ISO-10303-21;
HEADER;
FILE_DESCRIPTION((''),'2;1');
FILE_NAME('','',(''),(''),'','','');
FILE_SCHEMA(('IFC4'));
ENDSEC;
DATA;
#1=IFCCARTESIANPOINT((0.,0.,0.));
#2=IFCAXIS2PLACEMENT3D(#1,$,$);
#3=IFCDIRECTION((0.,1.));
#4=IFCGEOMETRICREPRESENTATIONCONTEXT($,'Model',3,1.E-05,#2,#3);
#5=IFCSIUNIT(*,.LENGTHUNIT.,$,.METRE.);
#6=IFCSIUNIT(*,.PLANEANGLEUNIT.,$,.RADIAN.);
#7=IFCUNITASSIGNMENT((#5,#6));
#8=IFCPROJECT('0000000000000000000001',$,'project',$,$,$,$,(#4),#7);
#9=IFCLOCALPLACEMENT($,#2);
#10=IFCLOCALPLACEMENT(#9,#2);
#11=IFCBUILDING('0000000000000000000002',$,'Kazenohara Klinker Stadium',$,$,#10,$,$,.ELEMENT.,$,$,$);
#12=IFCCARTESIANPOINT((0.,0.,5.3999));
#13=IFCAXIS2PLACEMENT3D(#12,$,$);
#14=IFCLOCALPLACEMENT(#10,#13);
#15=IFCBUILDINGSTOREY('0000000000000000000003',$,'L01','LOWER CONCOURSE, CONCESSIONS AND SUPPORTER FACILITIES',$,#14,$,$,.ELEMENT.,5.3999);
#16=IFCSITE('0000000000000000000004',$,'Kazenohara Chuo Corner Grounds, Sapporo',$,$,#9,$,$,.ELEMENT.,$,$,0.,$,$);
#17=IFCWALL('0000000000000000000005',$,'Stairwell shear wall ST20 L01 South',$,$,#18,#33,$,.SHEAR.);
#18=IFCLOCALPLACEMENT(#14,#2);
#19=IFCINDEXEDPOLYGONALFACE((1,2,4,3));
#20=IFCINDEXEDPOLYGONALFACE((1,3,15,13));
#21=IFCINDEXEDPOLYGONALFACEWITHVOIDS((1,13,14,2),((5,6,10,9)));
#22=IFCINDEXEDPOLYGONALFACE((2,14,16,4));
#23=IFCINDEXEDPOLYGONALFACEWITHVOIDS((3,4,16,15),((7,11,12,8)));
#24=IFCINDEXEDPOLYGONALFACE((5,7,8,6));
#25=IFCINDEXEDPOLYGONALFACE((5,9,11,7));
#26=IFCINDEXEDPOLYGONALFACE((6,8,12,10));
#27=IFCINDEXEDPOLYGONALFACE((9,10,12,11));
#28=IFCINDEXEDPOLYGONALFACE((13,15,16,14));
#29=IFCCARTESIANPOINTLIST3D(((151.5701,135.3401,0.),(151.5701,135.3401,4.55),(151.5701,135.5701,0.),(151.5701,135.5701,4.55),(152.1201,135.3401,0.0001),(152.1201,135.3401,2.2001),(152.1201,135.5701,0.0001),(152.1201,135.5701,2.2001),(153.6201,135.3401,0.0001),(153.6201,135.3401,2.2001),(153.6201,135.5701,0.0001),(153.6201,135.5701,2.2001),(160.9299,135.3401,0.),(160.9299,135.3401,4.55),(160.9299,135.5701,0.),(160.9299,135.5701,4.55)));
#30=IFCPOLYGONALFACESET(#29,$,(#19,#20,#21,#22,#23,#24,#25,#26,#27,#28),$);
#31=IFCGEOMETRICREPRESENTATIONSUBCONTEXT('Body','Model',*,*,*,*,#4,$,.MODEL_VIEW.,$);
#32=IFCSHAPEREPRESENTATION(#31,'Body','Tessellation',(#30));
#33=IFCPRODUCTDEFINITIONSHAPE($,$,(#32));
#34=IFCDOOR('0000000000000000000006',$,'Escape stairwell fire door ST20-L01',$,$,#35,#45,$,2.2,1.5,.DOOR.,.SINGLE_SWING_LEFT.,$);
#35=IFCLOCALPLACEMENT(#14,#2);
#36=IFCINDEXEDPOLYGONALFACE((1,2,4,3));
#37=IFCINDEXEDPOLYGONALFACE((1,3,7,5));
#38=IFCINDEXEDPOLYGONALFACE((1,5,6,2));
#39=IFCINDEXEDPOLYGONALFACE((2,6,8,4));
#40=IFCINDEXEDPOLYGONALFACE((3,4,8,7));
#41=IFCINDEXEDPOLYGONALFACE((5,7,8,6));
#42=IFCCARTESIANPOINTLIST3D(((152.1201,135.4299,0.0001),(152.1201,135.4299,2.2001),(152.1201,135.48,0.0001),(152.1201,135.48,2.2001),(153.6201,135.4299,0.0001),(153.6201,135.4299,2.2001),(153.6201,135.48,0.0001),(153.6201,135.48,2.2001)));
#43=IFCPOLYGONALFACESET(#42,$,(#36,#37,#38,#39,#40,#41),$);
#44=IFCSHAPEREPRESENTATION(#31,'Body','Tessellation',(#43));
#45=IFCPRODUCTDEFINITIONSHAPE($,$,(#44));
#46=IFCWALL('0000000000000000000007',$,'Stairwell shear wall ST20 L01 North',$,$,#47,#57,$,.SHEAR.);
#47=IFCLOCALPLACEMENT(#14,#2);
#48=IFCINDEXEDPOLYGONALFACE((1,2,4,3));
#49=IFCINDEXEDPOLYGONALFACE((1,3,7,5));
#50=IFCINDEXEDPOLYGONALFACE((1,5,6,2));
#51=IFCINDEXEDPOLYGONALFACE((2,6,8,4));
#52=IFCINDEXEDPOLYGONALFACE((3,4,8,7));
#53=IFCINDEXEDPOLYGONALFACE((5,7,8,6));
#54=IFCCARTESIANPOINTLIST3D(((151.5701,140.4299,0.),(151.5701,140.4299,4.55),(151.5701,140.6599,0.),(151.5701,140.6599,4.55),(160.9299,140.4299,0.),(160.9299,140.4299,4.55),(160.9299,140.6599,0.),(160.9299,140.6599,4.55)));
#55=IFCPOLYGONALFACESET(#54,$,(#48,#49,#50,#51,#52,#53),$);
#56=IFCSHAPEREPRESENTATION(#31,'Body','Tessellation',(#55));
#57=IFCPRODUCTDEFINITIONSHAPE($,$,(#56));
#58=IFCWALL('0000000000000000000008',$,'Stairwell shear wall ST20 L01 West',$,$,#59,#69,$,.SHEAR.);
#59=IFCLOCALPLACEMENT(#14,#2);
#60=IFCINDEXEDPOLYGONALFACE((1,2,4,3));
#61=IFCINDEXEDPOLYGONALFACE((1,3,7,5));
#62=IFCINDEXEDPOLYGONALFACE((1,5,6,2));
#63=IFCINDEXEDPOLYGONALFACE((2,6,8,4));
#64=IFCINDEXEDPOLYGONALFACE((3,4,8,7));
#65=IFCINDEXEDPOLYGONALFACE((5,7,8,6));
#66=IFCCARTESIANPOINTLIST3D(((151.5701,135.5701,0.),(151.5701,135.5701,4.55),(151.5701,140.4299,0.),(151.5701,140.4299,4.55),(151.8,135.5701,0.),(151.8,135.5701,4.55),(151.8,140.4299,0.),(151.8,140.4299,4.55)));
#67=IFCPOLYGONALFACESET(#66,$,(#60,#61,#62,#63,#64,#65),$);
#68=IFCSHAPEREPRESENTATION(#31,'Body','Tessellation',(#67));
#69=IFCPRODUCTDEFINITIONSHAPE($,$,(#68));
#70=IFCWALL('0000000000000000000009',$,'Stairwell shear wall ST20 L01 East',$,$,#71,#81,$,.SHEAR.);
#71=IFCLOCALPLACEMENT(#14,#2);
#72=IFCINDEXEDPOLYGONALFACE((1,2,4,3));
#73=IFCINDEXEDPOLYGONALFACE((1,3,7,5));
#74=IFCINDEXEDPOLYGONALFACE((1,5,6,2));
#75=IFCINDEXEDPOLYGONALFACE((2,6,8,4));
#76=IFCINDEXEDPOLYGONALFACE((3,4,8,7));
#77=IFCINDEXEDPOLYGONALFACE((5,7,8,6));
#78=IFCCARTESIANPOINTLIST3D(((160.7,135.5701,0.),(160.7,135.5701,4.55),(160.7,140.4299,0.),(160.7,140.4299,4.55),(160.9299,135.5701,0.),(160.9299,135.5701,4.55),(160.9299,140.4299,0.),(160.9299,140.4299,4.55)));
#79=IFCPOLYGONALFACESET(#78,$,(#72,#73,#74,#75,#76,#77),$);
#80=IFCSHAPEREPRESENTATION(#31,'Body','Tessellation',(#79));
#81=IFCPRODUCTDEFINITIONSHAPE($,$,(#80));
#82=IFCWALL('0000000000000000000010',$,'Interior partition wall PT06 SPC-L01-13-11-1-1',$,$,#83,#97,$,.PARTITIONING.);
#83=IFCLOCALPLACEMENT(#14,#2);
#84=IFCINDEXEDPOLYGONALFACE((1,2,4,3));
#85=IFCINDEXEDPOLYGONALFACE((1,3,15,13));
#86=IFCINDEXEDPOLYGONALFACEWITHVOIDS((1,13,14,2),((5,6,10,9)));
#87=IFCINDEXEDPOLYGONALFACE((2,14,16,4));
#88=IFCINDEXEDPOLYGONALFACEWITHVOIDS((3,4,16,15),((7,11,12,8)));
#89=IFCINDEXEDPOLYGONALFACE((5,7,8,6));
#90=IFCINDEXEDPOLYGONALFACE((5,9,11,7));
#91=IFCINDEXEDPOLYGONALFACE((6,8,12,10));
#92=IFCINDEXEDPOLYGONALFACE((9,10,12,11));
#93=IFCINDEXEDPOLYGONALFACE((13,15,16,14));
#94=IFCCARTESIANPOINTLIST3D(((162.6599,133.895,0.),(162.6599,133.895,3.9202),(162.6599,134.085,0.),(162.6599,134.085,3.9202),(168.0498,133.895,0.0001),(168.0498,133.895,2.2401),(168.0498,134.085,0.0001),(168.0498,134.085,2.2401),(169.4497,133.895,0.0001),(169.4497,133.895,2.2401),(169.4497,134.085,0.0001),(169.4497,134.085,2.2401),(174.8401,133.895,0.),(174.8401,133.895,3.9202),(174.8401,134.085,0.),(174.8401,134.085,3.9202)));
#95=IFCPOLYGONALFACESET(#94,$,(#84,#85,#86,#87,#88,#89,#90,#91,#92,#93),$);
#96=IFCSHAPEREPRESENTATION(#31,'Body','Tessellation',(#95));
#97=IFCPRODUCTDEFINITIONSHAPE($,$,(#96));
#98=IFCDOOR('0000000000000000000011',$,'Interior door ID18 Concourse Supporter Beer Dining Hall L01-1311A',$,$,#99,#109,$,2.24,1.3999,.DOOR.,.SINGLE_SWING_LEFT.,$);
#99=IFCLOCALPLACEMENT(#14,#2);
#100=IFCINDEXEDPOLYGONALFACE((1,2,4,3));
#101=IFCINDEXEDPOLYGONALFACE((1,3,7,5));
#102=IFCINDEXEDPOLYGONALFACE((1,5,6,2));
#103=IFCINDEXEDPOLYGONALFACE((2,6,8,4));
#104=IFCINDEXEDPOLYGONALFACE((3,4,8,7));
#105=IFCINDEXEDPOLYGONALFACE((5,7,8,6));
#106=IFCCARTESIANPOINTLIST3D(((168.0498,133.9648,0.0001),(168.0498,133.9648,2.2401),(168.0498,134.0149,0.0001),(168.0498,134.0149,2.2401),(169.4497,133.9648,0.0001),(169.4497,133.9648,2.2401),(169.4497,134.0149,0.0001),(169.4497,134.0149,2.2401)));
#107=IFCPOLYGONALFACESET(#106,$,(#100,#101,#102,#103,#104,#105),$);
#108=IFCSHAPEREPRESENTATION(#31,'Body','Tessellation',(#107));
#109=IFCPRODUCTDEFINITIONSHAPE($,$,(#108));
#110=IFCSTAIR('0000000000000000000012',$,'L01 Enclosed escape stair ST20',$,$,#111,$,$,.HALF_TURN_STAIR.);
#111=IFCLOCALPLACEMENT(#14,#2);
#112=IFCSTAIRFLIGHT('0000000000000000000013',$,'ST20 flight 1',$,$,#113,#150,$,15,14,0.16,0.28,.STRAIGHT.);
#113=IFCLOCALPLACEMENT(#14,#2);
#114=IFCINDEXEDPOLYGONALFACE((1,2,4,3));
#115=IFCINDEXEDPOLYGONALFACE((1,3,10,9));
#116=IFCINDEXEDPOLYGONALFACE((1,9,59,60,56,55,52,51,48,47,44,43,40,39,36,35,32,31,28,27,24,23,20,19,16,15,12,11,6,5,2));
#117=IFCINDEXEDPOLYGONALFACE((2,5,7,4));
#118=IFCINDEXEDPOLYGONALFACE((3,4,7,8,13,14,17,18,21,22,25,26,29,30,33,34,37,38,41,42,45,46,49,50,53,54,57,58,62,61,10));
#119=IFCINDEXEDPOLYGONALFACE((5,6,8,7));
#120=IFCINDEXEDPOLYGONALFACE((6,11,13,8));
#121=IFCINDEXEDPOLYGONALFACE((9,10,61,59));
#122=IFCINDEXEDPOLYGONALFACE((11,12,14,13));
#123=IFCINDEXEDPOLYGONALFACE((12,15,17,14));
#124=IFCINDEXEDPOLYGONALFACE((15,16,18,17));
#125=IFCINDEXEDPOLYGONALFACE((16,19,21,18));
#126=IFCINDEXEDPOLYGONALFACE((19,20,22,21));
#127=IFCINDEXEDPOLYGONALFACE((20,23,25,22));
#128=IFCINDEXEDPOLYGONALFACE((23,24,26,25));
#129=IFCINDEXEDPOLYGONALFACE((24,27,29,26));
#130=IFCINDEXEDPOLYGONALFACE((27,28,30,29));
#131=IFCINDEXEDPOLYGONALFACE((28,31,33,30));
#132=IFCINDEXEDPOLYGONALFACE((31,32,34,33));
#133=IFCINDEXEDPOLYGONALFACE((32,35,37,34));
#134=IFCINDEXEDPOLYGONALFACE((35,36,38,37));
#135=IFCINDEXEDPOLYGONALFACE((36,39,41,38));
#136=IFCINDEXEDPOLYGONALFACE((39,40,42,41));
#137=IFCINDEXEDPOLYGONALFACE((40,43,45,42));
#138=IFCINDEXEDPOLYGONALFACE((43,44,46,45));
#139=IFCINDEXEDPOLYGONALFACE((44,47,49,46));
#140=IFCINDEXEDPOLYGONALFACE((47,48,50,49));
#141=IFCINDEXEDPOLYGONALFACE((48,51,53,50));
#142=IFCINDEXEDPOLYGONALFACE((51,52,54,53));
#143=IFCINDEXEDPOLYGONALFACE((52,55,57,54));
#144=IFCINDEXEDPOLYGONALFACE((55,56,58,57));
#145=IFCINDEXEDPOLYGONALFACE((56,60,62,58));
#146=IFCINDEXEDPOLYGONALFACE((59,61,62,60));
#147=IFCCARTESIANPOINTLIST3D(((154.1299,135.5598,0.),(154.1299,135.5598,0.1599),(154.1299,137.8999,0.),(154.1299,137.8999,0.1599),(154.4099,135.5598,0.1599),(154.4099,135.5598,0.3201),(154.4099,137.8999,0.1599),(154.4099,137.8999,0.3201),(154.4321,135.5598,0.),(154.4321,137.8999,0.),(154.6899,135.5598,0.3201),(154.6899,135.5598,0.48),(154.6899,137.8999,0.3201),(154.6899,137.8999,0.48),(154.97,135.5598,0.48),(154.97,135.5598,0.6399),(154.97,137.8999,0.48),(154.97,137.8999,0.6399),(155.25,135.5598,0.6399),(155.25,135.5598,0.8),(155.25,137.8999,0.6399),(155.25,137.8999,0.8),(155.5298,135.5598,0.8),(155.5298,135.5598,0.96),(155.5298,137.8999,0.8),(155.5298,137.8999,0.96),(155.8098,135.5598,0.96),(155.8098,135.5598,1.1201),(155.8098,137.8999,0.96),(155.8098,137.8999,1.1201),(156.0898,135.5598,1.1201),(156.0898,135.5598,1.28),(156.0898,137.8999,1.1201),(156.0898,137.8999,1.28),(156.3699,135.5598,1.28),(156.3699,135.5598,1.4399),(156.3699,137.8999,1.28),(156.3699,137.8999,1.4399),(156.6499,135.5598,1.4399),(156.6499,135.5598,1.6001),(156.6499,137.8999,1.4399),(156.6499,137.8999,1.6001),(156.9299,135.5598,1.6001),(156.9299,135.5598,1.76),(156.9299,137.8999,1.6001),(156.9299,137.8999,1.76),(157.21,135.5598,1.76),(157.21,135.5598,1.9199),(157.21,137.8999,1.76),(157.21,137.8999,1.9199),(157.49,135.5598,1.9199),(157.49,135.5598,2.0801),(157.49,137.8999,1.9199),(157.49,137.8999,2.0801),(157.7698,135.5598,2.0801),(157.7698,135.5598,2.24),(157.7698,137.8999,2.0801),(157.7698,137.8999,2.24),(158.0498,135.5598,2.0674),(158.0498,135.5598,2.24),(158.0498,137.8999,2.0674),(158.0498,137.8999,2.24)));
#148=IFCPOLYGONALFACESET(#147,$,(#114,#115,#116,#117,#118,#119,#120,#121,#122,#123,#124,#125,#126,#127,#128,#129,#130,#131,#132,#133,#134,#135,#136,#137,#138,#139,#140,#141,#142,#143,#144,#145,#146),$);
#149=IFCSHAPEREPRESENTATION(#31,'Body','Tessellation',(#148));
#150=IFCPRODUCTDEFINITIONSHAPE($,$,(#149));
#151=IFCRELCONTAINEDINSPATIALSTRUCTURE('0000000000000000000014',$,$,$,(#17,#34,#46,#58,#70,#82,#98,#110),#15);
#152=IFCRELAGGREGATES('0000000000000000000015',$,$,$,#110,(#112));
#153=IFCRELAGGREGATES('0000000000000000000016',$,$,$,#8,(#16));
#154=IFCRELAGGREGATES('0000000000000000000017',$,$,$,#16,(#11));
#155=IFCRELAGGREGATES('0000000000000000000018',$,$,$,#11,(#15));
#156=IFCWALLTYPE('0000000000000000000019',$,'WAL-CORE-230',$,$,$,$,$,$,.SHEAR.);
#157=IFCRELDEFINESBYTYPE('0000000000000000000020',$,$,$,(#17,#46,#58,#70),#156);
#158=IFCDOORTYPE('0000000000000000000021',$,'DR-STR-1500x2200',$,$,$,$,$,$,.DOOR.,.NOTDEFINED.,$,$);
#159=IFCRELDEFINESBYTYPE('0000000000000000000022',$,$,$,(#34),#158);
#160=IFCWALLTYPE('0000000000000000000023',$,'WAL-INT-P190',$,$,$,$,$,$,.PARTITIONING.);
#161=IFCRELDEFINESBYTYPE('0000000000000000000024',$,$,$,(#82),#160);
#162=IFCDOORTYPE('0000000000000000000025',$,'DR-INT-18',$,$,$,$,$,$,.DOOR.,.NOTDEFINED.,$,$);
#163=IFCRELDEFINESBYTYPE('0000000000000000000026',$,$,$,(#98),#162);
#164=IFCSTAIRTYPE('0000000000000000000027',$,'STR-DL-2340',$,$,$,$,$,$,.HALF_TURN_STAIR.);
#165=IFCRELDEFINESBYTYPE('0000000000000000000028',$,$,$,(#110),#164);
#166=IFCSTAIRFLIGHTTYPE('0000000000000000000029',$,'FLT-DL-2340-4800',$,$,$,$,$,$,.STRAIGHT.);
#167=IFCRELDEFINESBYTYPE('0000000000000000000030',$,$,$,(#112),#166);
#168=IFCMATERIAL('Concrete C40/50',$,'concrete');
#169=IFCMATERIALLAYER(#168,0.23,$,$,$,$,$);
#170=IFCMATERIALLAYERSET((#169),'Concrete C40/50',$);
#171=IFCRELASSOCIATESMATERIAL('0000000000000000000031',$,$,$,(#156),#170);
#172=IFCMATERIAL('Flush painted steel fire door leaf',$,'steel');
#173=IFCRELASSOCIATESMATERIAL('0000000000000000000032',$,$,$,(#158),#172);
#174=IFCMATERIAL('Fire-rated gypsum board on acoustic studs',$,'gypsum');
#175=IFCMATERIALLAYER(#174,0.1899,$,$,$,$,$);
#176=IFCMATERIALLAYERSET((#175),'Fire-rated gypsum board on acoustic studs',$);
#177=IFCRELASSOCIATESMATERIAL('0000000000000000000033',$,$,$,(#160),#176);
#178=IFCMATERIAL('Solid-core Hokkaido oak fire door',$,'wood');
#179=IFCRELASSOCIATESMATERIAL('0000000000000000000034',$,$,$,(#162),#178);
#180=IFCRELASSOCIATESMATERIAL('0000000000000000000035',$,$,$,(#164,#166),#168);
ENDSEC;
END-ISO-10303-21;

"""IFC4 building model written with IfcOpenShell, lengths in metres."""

from ifc_helpers import new_model, si_unit, direction, frame, frame_2d, origin, place, context, subcontext, project, spatial, polyline, rectangle, outline, extrude, material, layer, layer_set, type_object, element, fill, aggregate, save


model = new_model("IFC4")

# Units and contexts
model_context = context("Model", 3, precision=1e-05, world=origin(), true_north=direction((0.0, 1.0)))
body_context = subcontext(model_context, "Body", "Model", "MODEL_VIEW")
ifc_project = project(units=[si_unit("LENGTHUNIT", "METRE"), si_unit("PLANEANGLEUNIT", "RADIAN")], contexts=[model_context])

# Site, building, storey
site_placement = place(None, origin())
site = spatial("IfcSite", under=ifc_project, at=site_placement, Name="Kazenohara Chuo Corner Grounds, Sapporo", CompositionType="ELEMENT", RefElevation=0.0)
building_placement = place(site_placement, origin())
building = spatial("IfcBuilding", under=site, at=building_placement, Name="Kazenohara Klinker Stadium", CompositionType="ELEMENT")
storey_placement = place(building_placement, frame((0.0, 0.0, 5.3999)))
storey = spatial("IfcBuildingStorey", under=building, at=storey_placement, Name="L01", Description="LOWER CONCOURSE, CONCESSIONS AND SUPPORTER FACILITIES", CompositionType="ELEMENT", Elevation=5.3999)

# Shared definitions
ifc_material_1 = material(Name="Concrete C40/50", Category="concrete")

# Wall, opening, door
ifc_layer_1 = layer(ifc_material_1, 0.23)
ifc_layer_set_1 = layer_set([ifc_layer_1], Name="Concrete C40/50")
wall_type_1 = type_object("IfcWallType", Name="WAL-CORE-230", PredefinedType="SHEAR", material=ifc_layer_set_1)
wall_1_placement = place(storey_placement, frame((151.5701, 135.4551, 0.0), z_axis=(0.0, 0.0, 1.0), x_axis=(1.0, 0.0, 0.0)))
wall_1 = element("IfcWall", 1, at=wall_1_placement, inside=storey, type_object=wall_type_1, Name="Stairwell shear wall ST20 L01 South", PredefinedType="SHEAR", context=body_context, shape_type="SweptSolid", body=[
    extrude(rectangle(XDim=9.3599, YDim=0.23, at=frame_2d((4.6799, 0.0))), origin(), (0.0, 0.0, 1.0), 4.55),
])
opening_1_placement = place(wall_1_placement, frame((0.55, 0.0, 0.0)))
opening_1 = element("IfcOpeningElement", 2, at=opening_1_placement, cuts=wall_1, PredefinedType="OPENING", context=body_context, shape_type="SweptSolid", body=[
    extrude(rectangle(XDim=1.5, YDim=2.2, at=frame_2d((0.75, 1.1001))), frame((0.0, 0.125, 0.0), z_axis=(0.0, -1.0, 0.0), x_axis=(1.0, 0.0, 0.0)), (0.0, 0.0, 1.0), 0.25),
])
ifc_material_2 = material(Name="Flush painted steel fire door leaf", Category="steel")
door_type_1 = type_object("IfcDoorType", Name="DR-STR-1500x2200", OperationType="NOTDEFINED", PredefinedType="DOOR", material=ifc_material_2)
door_1_placement = place(opening_1_placement, origin())
door_1 = element("IfcDoor", 3, at=door_1_placement, inside=storey, type_object=door_type_1, Name="Escape stairwell fire door ST20-L01", OperationType="SINGLE_SWING_LEFT", OverallHeight=2.2, OverallWidth=1.5, PredefinedType="DOOR", context=body_context, shape_type="SweptSolid", body=[
    extrude(rectangle(XDim=1.5, YDim=2.2, at=frame_2d((0.75, 1.1001))), frame((0.0, 0.0249, 0.0), z_axis=(0.0, -1.0, 0.0), x_axis=(1.0, 0.0, 0.0)), (0.0, 0.0, 1.0), 0.05),
])
fill(opening_1, door_1)

# Walls
wall_2_placement = place(storey_placement, frame((151.5701, 140.5449, 0.0), z_axis=(0.0, 0.0, 1.0), x_axis=(1.0, 0.0, 0.0)))
element("IfcWall", 4, at=wall_2_placement, inside=storey, type_object=wall_type_1, Name="Stairwell shear wall ST20 L01 North", PredefinedType="SHEAR", context=body_context, shape_type="SweptSolid", body=[
    extrude(rectangle(XDim=9.3599, YDim=0.23, at=frame_2d((4.6799, 0.0))), origin(), (0.0, 0.0, 1.0), 4.55),
])
for number, where, z_axis, x_axis, name in (
    (5, (151.6851, 135.5701, 0.0), (0.0, 0.0, 1.0), (0.0, 1.0, 0.0), "Stairwell shear wall ST20 L01 West"),
    (6, (160.8149, 135.5701, 0.0), (0.0, 0.0, 1.0), (0.0, 1.0, 0.0), "Stairwell shear wall ST20 L01 East"),
):
    element("IfcWall", number, at=place(storey_placement, frame(where, z_axis=z_axis, x_axis=x_axis)), inside=storey, type_object=wall_type_1, Name=name, PredefinedType="SHEAR", context=body_context, shape_type="SweptSolid", body=[
        extrude(rectangle(XDim=4.8599, YDim=0.23, at=frame_2d((2.4299, 0.0))), origin(), (0.0, 0.0, 1.0), 4.55),
    ])

# Wall, opening, door
ifc_material_3 = material(Name="Fire-rated gypsum board on acoustic studs", Category="gypsum")
ifc_layer_2 = layer(ifc_material_3, 0.1899)
ifc_layer_set_2 = layer_set([ifc_layer_2], Name="Fire-rated gypsum board on acoustic studs")
wall_type_2 = type_object("IfcWallType", Name="WAL-INT-P190", PredefinedType="PARTITIONING", material=ifc_layer_set_2)
wall_3_placement = place(storey_placement, frame((162.6599, 133.99, 0.0), z_axis=(0.0, 0.0, 1.0), x_axis=(1.0, 0.0, 0.0)))
wall_3 = element("IfcWall", 7, at=wall_3_placement, inside=storey, type_object=wall_type_2, Name="Interior partition wall PT06 SPC-L01-13-11-1-1", PredefinedType="PARTITIONING", context=body_context, shape_type="SweptSolid", body=[
    extrude(rectangle(XDim=12.1802, YDim=0.1899, at=frame_2d((6.0901, 0.0))), origin(), (0.0, 0.0, 1.0), 3.9202),
])
opening_2_placement = place(wall_3_placement, frame((5.3899, 0.0, 0.0)))
opening_2 = element("IfcOpeningElement", 8, at=opening_2_placement, cuts=wall_3, PredefinedType="OPENING", context=body_context, shape_type="SweptSolid", body=[
    extrude(rectangle(XDim=1.3999, YDim=2.24, at=frame_2d((0.7, 1.1201))), frame((0.0, 0.105, 0.0), z_axis=(0.0, -1.0, 0.0), x_axis=(1.0, 0.0, 0.0)), (0.0, 0.0, 1.0), 0.21),
])
ifc_material_4 = material(Name="Solid-core Hokkaido oak fire door", Category="wood")
door_type_2 = type_object("IfcDoorType", Name="DR-INT-18", OperationType="NOTDEFINED", PredefinedType="DOOR", material=ifc_material_4)
door_2_placement = place(opening_2_placement, origin())
door_2 = element("IfcDoor", 9, at=door_2_placement, inside=storey, type_object=door_type_2, Name="Interior door ID18 Concourse Supporter Beer Dining Hall L01-1311A", OperationType="SINGLE_SWING_LEFT", OverallHeight=2.24, OverallWidth=1.3999, PredefinedType="DOOR", context=body_context, shape_type="SweptSolid", body=[
    extrude(rectangle(XDim=1.3999, YDim=2.24, at=frame_2d((0.7, 1.1201))), frame((0.0, 0.0249, 0.0), z_axis=(0.0, -1.0, 0.0), x_axis=(1.0, 0.0, 0.0)), (0.0, 0.0, 1.0), 0.05),
])
fill(opening_2, door_2)

# Stair, stair flight
stair_type = type_object("IfcStairType", Name="STR-DL-2340", PredefinedType="HALF_TURN_STAIR", material=ifc_material_1)
stair_placement = place(storey_placement, origin())
stair = element("IfcStair", 10, at=stair_placement, inside=storey, type_object=stair_type, Name="L01 Enclosed escape stair ST20", PredefinedType="HALF_TURN_STAIR")
stair_flight_type = type_object("IfcStairFlightType", Name="FLT-DL-2340-4800", PredefinedType="STRAIGHT", material=ifc_material_1)
stair_flight_1_placement = place(storey_placement, frame((154.1299, 136.73, 0.0), z_axis=(0.0, 0.0, 1.0), x_axis=(1.0, 0.0, 0.0)))
stair_flight_1 = element("IfcStairFlight", 11, at=stair_flight_1_placement, type_object=stair_flight_type, Name="ST20 flight 1", NumberOfRisers=15, NumberOfTreads=14, PredefinedType="STRAIGHT", RiserHeight=0.16, TreadLength=0.28, context=body_context, shape_type="SweptSolid", body=[
    extrude(outline(polyline([(0.0, 0.0), (0.0, 0.1599), (0.28, 0.1599), (0.28, 0.3201), (0.5601, 0.3201), (0.5601, 0.48), (0.8401, 0.48), (0.8401, 0.6399), (1.1201, 0.6399), (1.1201, 0.8), (1.3999, 0.8), (1.3999, 0.96), (1.6799, 0.96), (1.6799, 1.1201), (1.96, 1.1201), (1.96, 1.28), (2.24, 1.28), (2.24, 1.4399), (2.52, 1.4399), (2.52, 1.6001), (2.8, 1.6001), (2.8, 1.76), (3.0801, 1.76), (3.0801, 1.9199), (3.3601, 1.9199), (3.3601, 2.0801), (3.6399, 2.0801), (3.6399, 2.24), (3.9199, 2.24), (3.9199, 2.3999), (3.9199, 2.0674), (0.3022, 0.0), (0.0, 0.0)])), frame((0.0, 1.1699, 0.0), z_axis=(0.0, -1.0, 0.0), x_axis=(1.0, 0.0, 0.0)), (0.0, 0.0, 1.0), 2.3401),
])
aggregate(stair, [stair_flight_1])

save(model, "model.ifc")
